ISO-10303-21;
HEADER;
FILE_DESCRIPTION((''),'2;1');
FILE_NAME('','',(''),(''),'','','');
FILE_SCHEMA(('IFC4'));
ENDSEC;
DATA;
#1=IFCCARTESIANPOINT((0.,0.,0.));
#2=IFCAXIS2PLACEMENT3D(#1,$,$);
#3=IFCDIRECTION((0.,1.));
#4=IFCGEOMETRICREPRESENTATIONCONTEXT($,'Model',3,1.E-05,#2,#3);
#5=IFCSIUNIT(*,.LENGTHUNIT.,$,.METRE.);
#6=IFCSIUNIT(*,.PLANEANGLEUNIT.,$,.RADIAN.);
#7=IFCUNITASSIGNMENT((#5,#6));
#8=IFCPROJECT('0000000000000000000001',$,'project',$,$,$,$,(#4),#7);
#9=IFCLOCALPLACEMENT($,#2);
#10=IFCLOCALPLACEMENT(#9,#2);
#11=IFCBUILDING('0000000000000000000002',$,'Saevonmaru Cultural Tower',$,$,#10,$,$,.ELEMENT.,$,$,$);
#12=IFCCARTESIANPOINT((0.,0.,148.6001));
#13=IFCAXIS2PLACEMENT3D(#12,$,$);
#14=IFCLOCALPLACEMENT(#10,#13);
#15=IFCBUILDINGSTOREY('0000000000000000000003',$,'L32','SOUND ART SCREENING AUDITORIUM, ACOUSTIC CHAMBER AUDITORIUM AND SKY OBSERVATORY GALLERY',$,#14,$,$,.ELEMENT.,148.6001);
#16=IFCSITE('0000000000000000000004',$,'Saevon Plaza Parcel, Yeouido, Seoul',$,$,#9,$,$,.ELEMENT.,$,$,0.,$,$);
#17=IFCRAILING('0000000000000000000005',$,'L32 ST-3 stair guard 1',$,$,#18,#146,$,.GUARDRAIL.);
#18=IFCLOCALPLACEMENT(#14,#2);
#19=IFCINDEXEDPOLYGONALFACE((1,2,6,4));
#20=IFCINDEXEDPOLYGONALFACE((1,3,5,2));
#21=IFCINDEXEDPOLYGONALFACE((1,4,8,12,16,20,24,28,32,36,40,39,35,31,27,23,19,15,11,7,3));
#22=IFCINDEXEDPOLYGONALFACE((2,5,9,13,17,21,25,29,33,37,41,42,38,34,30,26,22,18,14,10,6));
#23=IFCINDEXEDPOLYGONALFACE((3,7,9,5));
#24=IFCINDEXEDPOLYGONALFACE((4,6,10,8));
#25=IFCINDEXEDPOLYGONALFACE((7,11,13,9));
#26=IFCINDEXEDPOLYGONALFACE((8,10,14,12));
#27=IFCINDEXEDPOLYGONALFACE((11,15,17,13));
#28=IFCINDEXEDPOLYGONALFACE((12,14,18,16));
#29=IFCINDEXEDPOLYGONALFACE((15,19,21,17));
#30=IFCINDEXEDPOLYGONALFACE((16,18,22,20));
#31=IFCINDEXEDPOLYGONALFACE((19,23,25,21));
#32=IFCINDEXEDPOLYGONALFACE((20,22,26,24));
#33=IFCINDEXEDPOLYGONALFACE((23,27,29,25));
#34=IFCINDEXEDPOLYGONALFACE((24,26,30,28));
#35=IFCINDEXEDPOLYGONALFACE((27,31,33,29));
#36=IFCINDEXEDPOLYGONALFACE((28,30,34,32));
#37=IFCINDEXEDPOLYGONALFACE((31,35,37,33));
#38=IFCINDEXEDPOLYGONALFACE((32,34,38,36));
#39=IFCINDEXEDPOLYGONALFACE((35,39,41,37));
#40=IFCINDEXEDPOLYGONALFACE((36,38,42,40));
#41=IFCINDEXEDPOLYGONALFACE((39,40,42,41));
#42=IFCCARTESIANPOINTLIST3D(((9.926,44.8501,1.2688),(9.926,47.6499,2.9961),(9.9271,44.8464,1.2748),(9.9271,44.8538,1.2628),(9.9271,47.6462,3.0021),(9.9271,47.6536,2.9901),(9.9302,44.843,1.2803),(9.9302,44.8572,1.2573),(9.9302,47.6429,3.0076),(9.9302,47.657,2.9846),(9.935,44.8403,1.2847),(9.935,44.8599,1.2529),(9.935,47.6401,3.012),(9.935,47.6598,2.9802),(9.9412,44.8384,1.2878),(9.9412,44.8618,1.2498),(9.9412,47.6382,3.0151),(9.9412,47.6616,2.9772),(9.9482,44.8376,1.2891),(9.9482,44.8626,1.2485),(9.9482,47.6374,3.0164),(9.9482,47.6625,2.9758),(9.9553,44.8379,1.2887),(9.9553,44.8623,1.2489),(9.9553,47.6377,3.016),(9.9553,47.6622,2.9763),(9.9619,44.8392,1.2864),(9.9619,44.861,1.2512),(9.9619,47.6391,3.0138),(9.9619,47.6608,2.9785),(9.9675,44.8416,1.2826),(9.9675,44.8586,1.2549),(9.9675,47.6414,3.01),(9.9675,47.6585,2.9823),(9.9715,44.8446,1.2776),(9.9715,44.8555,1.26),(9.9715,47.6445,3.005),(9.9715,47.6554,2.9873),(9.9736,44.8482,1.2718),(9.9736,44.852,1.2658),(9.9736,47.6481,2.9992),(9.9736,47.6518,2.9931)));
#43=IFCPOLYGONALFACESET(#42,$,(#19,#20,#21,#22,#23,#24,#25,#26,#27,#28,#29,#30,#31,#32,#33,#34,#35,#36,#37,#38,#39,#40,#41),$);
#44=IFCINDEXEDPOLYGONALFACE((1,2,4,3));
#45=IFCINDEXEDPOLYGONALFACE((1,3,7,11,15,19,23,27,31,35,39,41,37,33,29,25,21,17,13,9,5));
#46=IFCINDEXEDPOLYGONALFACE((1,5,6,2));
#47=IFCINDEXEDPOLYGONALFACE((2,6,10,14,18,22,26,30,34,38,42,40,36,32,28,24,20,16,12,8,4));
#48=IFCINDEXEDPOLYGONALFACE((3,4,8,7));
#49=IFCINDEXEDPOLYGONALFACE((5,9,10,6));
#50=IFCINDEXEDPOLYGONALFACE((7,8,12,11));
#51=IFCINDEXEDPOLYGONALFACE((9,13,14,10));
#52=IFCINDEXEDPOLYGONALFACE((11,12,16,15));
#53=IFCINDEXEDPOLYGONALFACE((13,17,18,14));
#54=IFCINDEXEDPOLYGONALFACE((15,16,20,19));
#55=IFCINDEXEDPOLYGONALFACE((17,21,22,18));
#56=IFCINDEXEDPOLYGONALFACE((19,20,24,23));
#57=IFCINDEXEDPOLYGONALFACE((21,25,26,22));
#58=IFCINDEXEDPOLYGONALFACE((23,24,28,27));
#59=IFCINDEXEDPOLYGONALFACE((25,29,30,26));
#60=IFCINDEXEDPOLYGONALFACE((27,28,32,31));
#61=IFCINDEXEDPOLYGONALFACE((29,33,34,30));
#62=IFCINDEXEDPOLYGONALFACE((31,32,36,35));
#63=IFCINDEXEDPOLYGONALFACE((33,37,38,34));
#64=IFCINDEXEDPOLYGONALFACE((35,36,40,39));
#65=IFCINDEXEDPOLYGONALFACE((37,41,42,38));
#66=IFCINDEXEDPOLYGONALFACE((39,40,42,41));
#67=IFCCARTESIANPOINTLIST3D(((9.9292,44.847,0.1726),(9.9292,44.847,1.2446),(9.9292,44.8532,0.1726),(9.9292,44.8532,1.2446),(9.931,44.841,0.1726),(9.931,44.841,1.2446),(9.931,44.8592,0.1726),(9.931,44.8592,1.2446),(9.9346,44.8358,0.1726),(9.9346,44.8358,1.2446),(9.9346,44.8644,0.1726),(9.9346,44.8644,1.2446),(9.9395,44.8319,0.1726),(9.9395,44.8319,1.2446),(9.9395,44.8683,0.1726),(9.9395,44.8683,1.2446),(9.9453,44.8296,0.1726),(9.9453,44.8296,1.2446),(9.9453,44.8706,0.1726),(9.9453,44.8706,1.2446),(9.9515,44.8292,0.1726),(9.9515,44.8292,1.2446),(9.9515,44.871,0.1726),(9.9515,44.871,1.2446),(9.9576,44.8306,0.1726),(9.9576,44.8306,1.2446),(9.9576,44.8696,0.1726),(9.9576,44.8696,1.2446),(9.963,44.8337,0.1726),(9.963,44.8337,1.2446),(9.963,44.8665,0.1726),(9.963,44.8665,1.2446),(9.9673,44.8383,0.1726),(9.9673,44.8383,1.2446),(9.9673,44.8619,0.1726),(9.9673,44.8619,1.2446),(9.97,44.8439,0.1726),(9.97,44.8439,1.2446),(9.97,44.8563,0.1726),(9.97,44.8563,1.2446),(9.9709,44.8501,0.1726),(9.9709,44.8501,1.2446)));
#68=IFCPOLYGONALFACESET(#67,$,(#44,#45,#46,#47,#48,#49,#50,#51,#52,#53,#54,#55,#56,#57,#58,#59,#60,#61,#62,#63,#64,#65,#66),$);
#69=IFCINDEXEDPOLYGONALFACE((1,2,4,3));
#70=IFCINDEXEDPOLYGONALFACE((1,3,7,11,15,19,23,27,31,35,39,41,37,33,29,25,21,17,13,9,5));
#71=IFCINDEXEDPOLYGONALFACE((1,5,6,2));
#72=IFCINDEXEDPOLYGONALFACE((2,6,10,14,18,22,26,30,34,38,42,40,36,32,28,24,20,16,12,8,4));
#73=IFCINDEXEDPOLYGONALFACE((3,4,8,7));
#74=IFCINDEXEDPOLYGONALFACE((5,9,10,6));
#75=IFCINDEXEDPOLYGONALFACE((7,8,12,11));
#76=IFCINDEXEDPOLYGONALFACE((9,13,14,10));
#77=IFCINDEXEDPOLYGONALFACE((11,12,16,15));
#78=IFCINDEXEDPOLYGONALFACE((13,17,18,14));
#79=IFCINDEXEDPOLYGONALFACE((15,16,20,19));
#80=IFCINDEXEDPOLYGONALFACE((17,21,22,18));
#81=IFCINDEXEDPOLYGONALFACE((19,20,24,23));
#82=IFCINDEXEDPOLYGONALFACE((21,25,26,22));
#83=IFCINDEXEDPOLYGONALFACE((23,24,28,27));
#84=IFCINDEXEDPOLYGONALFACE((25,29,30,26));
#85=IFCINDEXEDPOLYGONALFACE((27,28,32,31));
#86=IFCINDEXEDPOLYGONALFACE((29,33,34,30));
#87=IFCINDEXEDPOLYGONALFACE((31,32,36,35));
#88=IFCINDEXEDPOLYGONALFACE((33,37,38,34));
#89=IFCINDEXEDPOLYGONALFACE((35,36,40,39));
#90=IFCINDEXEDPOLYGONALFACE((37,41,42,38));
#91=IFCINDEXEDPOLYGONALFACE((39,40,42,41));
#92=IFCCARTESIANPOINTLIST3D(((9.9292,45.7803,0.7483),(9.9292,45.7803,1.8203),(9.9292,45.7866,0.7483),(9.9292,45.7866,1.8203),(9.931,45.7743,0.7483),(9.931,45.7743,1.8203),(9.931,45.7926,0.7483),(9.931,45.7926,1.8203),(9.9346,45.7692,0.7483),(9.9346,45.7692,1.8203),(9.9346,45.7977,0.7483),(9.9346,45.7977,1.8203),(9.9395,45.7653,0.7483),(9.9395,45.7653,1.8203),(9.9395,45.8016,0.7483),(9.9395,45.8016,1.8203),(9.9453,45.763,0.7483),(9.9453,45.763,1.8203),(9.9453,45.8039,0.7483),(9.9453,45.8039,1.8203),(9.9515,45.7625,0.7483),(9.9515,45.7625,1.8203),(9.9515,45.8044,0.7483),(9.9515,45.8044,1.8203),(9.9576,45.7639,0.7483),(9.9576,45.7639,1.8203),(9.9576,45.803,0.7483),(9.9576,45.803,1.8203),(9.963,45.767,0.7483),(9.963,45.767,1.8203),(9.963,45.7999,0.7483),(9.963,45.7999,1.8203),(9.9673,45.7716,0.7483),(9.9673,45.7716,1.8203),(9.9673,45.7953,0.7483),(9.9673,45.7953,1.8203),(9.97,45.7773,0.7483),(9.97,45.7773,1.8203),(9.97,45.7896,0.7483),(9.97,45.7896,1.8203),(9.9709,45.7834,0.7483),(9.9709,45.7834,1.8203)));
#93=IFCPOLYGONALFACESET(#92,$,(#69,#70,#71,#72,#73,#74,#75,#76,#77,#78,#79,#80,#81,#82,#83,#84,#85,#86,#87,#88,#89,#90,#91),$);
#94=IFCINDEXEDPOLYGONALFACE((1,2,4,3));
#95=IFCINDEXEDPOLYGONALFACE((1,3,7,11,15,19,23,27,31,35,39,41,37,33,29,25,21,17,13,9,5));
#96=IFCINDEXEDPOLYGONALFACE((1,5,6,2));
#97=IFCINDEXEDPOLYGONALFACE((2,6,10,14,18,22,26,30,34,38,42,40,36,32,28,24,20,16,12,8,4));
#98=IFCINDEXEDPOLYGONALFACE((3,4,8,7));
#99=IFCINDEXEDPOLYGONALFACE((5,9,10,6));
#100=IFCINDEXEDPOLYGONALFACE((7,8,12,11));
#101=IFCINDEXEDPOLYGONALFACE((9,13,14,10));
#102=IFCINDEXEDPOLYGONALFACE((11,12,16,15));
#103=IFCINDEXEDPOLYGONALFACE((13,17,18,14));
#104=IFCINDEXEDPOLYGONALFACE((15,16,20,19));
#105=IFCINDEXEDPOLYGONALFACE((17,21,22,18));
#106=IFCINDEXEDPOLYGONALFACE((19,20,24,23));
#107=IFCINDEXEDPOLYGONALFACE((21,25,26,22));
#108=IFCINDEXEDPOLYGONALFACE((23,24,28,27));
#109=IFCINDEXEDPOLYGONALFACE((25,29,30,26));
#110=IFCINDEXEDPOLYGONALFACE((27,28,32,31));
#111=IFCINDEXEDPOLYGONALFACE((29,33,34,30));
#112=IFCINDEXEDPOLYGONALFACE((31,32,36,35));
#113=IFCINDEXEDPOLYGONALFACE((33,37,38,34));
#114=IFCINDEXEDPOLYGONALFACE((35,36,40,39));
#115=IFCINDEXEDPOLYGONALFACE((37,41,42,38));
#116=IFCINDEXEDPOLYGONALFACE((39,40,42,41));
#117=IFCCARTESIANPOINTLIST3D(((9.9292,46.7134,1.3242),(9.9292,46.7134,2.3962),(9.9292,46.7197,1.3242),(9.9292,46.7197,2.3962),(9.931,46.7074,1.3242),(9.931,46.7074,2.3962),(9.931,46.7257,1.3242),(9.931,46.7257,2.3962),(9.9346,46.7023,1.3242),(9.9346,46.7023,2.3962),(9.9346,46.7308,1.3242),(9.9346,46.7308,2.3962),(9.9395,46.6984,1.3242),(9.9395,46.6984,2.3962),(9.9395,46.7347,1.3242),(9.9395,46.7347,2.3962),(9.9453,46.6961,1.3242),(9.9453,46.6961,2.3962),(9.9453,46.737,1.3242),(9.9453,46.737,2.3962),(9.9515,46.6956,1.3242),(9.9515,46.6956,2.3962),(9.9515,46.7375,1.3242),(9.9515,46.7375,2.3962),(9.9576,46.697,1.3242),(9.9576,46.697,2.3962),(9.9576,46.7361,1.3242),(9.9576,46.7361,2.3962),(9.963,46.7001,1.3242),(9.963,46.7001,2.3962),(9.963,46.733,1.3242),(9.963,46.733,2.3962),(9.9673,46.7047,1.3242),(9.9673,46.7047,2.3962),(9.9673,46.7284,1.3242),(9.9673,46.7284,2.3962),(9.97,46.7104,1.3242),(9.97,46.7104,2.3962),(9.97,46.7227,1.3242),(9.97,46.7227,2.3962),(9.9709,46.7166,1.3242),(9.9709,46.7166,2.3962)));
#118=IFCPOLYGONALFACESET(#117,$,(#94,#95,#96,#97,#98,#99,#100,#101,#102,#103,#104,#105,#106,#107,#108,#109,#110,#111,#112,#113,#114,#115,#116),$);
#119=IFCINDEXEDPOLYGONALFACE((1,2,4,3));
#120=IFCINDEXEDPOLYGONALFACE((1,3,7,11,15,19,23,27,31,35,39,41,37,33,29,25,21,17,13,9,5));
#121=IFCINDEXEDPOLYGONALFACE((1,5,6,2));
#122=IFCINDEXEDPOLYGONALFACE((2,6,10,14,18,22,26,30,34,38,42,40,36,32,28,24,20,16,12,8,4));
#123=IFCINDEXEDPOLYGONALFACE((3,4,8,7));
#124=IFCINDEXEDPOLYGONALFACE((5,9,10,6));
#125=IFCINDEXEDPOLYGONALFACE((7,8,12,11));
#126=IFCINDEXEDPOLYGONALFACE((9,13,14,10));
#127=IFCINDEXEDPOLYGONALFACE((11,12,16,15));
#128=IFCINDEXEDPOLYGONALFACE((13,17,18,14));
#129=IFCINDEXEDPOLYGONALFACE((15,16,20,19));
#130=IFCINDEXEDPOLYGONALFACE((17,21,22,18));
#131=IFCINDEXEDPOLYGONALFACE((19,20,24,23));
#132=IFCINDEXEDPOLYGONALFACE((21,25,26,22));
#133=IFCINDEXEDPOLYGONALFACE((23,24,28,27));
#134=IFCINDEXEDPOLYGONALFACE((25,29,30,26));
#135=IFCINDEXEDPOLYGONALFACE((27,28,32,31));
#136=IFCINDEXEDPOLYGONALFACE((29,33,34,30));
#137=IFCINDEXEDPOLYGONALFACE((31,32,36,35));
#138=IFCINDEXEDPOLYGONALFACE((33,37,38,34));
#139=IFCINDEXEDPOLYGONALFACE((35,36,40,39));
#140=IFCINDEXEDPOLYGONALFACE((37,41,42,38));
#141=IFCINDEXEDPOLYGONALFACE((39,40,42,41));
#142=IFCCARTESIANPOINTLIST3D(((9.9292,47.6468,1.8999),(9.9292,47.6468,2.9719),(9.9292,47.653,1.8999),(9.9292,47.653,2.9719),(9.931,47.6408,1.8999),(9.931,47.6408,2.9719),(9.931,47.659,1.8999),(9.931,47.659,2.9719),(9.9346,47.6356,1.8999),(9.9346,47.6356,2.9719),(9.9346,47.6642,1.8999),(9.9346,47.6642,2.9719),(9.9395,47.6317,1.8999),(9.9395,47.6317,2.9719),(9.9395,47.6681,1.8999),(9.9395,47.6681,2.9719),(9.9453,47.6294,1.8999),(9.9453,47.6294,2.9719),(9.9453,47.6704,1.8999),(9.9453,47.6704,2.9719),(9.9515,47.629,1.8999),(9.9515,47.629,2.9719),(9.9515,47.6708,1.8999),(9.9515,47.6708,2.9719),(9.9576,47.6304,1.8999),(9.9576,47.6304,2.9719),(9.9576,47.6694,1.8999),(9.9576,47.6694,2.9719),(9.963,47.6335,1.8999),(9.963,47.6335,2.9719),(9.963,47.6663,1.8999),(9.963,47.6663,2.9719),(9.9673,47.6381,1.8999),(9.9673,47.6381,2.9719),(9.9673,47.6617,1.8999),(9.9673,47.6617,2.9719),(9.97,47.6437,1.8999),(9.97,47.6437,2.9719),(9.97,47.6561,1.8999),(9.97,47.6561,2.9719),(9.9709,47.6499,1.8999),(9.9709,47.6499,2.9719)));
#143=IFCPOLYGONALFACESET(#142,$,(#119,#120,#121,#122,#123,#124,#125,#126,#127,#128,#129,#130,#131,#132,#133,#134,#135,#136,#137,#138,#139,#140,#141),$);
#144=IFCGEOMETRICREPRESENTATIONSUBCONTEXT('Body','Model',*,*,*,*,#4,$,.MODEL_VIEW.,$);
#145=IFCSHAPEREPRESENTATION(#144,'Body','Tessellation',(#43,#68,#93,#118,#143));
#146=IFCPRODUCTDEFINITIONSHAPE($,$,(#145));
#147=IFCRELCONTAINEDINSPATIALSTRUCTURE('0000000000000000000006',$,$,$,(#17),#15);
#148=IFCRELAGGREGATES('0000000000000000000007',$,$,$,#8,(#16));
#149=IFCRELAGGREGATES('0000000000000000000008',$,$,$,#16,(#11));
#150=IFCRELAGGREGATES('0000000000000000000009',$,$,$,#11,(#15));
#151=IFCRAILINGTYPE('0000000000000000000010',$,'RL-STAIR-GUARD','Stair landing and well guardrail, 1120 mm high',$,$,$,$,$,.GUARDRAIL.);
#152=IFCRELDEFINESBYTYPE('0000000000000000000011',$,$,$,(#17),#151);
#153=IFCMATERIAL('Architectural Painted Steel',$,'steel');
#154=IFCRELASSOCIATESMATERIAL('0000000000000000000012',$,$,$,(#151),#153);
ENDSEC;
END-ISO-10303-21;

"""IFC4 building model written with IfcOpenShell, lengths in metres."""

from ifc_helpers import new_model, si_unit, direction, frame, origin, origin_2d, place, context, subcontext, project, spatial, circle, extrude, material, type_object, element, save


model = new_model("IFC4")

# Units and contexts
model_context = context("Model", 3, precision=1e-05, world=origin(), true_north=direction((0.0, 1.0)))
body_context = subcontext(model_context, "Body", "Model", "MODEL_VIEW")
ifc_project = project(units=[si_unit("LENGTHUNIT", "METRE"), si_unit("PLANEANGLEUNIT", "RADIAN")], contexts=[model_context])

# Site, building, storey
site_placement = place(None, origin())
site = spatial("IfcSite", under=ifc_project, at=site_placement, Name="Saevon Plaza Parcel, Yeouido, Seoul", CompositionType="ELEMENT", RefElevation=0.0)
building_placement = place(site_placement, origin())
building = spatial("IfcBuilding", under=site, at=building_placement, Name="Saevonmaru Cultural Tower", CompositionType="ELEMENT")
storey_placement = place(building_placement, frame((0.0, 0.0, 148.6001)))
storey = spatial("IfcBuildingStorey", under=building, at=storey_placement, Name="L32", Description="SOUND ART SCREENING AUDITORIUM, ACOUSTIC CHAMBER AUDITORIUM AND SKY OBSERVATORY GALLERY", CompositionType="ELEMENT", Elevation=148.6001)

# Railing
ifc_material_1 = material(Name="Architectural Painted Steel", Category="steel")
railing_type_1 = type_object("IfcRailingType", Name="RL-STAIR-GUARD", Description="Stair landing and well guardrail, 1120 mm high", PredefinedType="GUARDRAIL", material=ifc_material_1)
railing_1_placement = place(storey_placement, frame((9.95, 44.8501, 0.1726)))
element("IfcRailing", 1, at=railing_1_placement, inside=storey, type_object=railing_type_1, Name="L32 ST-3 stair guard 1", PredefinedType="GUARDRAIL", context=body_context, shape_type="SweptSolid", body=[
    extrude(circle(Radius=0.0239, at=origin_2d()), frame((0.0, 0.0, 1.0962), z_axis=(0.0, 0.851069, 0.525054), x_axis=(-1.0, 0.0, 0.0)), (0.0, 0.0, 1.0), 3.2898),
    extrude(circle(Radius=0.021, at=origin_2d()), origin(), (0.0, 0.0, 1.0), 1.072),
    extrude(circle(Radius=0.021, at=origin_2d()), frame((0.0, 0.9333, 0.5757)), (0.0, 0.0, 1.0), 1.072),
    extrude(circle(Radius=0.021, at=origin_2d()), frame((0.0, 1.8665, 1.1516)), (0.0, 0.0, 1.0), 1.072),
    extrude(circle(Radius=0.021, at=origin_2d()), frame((0.0, 2.7998, 1.7273)), (0.0, 0.0, 1.0), 1.072),
])

save(model, "model.ifc")
